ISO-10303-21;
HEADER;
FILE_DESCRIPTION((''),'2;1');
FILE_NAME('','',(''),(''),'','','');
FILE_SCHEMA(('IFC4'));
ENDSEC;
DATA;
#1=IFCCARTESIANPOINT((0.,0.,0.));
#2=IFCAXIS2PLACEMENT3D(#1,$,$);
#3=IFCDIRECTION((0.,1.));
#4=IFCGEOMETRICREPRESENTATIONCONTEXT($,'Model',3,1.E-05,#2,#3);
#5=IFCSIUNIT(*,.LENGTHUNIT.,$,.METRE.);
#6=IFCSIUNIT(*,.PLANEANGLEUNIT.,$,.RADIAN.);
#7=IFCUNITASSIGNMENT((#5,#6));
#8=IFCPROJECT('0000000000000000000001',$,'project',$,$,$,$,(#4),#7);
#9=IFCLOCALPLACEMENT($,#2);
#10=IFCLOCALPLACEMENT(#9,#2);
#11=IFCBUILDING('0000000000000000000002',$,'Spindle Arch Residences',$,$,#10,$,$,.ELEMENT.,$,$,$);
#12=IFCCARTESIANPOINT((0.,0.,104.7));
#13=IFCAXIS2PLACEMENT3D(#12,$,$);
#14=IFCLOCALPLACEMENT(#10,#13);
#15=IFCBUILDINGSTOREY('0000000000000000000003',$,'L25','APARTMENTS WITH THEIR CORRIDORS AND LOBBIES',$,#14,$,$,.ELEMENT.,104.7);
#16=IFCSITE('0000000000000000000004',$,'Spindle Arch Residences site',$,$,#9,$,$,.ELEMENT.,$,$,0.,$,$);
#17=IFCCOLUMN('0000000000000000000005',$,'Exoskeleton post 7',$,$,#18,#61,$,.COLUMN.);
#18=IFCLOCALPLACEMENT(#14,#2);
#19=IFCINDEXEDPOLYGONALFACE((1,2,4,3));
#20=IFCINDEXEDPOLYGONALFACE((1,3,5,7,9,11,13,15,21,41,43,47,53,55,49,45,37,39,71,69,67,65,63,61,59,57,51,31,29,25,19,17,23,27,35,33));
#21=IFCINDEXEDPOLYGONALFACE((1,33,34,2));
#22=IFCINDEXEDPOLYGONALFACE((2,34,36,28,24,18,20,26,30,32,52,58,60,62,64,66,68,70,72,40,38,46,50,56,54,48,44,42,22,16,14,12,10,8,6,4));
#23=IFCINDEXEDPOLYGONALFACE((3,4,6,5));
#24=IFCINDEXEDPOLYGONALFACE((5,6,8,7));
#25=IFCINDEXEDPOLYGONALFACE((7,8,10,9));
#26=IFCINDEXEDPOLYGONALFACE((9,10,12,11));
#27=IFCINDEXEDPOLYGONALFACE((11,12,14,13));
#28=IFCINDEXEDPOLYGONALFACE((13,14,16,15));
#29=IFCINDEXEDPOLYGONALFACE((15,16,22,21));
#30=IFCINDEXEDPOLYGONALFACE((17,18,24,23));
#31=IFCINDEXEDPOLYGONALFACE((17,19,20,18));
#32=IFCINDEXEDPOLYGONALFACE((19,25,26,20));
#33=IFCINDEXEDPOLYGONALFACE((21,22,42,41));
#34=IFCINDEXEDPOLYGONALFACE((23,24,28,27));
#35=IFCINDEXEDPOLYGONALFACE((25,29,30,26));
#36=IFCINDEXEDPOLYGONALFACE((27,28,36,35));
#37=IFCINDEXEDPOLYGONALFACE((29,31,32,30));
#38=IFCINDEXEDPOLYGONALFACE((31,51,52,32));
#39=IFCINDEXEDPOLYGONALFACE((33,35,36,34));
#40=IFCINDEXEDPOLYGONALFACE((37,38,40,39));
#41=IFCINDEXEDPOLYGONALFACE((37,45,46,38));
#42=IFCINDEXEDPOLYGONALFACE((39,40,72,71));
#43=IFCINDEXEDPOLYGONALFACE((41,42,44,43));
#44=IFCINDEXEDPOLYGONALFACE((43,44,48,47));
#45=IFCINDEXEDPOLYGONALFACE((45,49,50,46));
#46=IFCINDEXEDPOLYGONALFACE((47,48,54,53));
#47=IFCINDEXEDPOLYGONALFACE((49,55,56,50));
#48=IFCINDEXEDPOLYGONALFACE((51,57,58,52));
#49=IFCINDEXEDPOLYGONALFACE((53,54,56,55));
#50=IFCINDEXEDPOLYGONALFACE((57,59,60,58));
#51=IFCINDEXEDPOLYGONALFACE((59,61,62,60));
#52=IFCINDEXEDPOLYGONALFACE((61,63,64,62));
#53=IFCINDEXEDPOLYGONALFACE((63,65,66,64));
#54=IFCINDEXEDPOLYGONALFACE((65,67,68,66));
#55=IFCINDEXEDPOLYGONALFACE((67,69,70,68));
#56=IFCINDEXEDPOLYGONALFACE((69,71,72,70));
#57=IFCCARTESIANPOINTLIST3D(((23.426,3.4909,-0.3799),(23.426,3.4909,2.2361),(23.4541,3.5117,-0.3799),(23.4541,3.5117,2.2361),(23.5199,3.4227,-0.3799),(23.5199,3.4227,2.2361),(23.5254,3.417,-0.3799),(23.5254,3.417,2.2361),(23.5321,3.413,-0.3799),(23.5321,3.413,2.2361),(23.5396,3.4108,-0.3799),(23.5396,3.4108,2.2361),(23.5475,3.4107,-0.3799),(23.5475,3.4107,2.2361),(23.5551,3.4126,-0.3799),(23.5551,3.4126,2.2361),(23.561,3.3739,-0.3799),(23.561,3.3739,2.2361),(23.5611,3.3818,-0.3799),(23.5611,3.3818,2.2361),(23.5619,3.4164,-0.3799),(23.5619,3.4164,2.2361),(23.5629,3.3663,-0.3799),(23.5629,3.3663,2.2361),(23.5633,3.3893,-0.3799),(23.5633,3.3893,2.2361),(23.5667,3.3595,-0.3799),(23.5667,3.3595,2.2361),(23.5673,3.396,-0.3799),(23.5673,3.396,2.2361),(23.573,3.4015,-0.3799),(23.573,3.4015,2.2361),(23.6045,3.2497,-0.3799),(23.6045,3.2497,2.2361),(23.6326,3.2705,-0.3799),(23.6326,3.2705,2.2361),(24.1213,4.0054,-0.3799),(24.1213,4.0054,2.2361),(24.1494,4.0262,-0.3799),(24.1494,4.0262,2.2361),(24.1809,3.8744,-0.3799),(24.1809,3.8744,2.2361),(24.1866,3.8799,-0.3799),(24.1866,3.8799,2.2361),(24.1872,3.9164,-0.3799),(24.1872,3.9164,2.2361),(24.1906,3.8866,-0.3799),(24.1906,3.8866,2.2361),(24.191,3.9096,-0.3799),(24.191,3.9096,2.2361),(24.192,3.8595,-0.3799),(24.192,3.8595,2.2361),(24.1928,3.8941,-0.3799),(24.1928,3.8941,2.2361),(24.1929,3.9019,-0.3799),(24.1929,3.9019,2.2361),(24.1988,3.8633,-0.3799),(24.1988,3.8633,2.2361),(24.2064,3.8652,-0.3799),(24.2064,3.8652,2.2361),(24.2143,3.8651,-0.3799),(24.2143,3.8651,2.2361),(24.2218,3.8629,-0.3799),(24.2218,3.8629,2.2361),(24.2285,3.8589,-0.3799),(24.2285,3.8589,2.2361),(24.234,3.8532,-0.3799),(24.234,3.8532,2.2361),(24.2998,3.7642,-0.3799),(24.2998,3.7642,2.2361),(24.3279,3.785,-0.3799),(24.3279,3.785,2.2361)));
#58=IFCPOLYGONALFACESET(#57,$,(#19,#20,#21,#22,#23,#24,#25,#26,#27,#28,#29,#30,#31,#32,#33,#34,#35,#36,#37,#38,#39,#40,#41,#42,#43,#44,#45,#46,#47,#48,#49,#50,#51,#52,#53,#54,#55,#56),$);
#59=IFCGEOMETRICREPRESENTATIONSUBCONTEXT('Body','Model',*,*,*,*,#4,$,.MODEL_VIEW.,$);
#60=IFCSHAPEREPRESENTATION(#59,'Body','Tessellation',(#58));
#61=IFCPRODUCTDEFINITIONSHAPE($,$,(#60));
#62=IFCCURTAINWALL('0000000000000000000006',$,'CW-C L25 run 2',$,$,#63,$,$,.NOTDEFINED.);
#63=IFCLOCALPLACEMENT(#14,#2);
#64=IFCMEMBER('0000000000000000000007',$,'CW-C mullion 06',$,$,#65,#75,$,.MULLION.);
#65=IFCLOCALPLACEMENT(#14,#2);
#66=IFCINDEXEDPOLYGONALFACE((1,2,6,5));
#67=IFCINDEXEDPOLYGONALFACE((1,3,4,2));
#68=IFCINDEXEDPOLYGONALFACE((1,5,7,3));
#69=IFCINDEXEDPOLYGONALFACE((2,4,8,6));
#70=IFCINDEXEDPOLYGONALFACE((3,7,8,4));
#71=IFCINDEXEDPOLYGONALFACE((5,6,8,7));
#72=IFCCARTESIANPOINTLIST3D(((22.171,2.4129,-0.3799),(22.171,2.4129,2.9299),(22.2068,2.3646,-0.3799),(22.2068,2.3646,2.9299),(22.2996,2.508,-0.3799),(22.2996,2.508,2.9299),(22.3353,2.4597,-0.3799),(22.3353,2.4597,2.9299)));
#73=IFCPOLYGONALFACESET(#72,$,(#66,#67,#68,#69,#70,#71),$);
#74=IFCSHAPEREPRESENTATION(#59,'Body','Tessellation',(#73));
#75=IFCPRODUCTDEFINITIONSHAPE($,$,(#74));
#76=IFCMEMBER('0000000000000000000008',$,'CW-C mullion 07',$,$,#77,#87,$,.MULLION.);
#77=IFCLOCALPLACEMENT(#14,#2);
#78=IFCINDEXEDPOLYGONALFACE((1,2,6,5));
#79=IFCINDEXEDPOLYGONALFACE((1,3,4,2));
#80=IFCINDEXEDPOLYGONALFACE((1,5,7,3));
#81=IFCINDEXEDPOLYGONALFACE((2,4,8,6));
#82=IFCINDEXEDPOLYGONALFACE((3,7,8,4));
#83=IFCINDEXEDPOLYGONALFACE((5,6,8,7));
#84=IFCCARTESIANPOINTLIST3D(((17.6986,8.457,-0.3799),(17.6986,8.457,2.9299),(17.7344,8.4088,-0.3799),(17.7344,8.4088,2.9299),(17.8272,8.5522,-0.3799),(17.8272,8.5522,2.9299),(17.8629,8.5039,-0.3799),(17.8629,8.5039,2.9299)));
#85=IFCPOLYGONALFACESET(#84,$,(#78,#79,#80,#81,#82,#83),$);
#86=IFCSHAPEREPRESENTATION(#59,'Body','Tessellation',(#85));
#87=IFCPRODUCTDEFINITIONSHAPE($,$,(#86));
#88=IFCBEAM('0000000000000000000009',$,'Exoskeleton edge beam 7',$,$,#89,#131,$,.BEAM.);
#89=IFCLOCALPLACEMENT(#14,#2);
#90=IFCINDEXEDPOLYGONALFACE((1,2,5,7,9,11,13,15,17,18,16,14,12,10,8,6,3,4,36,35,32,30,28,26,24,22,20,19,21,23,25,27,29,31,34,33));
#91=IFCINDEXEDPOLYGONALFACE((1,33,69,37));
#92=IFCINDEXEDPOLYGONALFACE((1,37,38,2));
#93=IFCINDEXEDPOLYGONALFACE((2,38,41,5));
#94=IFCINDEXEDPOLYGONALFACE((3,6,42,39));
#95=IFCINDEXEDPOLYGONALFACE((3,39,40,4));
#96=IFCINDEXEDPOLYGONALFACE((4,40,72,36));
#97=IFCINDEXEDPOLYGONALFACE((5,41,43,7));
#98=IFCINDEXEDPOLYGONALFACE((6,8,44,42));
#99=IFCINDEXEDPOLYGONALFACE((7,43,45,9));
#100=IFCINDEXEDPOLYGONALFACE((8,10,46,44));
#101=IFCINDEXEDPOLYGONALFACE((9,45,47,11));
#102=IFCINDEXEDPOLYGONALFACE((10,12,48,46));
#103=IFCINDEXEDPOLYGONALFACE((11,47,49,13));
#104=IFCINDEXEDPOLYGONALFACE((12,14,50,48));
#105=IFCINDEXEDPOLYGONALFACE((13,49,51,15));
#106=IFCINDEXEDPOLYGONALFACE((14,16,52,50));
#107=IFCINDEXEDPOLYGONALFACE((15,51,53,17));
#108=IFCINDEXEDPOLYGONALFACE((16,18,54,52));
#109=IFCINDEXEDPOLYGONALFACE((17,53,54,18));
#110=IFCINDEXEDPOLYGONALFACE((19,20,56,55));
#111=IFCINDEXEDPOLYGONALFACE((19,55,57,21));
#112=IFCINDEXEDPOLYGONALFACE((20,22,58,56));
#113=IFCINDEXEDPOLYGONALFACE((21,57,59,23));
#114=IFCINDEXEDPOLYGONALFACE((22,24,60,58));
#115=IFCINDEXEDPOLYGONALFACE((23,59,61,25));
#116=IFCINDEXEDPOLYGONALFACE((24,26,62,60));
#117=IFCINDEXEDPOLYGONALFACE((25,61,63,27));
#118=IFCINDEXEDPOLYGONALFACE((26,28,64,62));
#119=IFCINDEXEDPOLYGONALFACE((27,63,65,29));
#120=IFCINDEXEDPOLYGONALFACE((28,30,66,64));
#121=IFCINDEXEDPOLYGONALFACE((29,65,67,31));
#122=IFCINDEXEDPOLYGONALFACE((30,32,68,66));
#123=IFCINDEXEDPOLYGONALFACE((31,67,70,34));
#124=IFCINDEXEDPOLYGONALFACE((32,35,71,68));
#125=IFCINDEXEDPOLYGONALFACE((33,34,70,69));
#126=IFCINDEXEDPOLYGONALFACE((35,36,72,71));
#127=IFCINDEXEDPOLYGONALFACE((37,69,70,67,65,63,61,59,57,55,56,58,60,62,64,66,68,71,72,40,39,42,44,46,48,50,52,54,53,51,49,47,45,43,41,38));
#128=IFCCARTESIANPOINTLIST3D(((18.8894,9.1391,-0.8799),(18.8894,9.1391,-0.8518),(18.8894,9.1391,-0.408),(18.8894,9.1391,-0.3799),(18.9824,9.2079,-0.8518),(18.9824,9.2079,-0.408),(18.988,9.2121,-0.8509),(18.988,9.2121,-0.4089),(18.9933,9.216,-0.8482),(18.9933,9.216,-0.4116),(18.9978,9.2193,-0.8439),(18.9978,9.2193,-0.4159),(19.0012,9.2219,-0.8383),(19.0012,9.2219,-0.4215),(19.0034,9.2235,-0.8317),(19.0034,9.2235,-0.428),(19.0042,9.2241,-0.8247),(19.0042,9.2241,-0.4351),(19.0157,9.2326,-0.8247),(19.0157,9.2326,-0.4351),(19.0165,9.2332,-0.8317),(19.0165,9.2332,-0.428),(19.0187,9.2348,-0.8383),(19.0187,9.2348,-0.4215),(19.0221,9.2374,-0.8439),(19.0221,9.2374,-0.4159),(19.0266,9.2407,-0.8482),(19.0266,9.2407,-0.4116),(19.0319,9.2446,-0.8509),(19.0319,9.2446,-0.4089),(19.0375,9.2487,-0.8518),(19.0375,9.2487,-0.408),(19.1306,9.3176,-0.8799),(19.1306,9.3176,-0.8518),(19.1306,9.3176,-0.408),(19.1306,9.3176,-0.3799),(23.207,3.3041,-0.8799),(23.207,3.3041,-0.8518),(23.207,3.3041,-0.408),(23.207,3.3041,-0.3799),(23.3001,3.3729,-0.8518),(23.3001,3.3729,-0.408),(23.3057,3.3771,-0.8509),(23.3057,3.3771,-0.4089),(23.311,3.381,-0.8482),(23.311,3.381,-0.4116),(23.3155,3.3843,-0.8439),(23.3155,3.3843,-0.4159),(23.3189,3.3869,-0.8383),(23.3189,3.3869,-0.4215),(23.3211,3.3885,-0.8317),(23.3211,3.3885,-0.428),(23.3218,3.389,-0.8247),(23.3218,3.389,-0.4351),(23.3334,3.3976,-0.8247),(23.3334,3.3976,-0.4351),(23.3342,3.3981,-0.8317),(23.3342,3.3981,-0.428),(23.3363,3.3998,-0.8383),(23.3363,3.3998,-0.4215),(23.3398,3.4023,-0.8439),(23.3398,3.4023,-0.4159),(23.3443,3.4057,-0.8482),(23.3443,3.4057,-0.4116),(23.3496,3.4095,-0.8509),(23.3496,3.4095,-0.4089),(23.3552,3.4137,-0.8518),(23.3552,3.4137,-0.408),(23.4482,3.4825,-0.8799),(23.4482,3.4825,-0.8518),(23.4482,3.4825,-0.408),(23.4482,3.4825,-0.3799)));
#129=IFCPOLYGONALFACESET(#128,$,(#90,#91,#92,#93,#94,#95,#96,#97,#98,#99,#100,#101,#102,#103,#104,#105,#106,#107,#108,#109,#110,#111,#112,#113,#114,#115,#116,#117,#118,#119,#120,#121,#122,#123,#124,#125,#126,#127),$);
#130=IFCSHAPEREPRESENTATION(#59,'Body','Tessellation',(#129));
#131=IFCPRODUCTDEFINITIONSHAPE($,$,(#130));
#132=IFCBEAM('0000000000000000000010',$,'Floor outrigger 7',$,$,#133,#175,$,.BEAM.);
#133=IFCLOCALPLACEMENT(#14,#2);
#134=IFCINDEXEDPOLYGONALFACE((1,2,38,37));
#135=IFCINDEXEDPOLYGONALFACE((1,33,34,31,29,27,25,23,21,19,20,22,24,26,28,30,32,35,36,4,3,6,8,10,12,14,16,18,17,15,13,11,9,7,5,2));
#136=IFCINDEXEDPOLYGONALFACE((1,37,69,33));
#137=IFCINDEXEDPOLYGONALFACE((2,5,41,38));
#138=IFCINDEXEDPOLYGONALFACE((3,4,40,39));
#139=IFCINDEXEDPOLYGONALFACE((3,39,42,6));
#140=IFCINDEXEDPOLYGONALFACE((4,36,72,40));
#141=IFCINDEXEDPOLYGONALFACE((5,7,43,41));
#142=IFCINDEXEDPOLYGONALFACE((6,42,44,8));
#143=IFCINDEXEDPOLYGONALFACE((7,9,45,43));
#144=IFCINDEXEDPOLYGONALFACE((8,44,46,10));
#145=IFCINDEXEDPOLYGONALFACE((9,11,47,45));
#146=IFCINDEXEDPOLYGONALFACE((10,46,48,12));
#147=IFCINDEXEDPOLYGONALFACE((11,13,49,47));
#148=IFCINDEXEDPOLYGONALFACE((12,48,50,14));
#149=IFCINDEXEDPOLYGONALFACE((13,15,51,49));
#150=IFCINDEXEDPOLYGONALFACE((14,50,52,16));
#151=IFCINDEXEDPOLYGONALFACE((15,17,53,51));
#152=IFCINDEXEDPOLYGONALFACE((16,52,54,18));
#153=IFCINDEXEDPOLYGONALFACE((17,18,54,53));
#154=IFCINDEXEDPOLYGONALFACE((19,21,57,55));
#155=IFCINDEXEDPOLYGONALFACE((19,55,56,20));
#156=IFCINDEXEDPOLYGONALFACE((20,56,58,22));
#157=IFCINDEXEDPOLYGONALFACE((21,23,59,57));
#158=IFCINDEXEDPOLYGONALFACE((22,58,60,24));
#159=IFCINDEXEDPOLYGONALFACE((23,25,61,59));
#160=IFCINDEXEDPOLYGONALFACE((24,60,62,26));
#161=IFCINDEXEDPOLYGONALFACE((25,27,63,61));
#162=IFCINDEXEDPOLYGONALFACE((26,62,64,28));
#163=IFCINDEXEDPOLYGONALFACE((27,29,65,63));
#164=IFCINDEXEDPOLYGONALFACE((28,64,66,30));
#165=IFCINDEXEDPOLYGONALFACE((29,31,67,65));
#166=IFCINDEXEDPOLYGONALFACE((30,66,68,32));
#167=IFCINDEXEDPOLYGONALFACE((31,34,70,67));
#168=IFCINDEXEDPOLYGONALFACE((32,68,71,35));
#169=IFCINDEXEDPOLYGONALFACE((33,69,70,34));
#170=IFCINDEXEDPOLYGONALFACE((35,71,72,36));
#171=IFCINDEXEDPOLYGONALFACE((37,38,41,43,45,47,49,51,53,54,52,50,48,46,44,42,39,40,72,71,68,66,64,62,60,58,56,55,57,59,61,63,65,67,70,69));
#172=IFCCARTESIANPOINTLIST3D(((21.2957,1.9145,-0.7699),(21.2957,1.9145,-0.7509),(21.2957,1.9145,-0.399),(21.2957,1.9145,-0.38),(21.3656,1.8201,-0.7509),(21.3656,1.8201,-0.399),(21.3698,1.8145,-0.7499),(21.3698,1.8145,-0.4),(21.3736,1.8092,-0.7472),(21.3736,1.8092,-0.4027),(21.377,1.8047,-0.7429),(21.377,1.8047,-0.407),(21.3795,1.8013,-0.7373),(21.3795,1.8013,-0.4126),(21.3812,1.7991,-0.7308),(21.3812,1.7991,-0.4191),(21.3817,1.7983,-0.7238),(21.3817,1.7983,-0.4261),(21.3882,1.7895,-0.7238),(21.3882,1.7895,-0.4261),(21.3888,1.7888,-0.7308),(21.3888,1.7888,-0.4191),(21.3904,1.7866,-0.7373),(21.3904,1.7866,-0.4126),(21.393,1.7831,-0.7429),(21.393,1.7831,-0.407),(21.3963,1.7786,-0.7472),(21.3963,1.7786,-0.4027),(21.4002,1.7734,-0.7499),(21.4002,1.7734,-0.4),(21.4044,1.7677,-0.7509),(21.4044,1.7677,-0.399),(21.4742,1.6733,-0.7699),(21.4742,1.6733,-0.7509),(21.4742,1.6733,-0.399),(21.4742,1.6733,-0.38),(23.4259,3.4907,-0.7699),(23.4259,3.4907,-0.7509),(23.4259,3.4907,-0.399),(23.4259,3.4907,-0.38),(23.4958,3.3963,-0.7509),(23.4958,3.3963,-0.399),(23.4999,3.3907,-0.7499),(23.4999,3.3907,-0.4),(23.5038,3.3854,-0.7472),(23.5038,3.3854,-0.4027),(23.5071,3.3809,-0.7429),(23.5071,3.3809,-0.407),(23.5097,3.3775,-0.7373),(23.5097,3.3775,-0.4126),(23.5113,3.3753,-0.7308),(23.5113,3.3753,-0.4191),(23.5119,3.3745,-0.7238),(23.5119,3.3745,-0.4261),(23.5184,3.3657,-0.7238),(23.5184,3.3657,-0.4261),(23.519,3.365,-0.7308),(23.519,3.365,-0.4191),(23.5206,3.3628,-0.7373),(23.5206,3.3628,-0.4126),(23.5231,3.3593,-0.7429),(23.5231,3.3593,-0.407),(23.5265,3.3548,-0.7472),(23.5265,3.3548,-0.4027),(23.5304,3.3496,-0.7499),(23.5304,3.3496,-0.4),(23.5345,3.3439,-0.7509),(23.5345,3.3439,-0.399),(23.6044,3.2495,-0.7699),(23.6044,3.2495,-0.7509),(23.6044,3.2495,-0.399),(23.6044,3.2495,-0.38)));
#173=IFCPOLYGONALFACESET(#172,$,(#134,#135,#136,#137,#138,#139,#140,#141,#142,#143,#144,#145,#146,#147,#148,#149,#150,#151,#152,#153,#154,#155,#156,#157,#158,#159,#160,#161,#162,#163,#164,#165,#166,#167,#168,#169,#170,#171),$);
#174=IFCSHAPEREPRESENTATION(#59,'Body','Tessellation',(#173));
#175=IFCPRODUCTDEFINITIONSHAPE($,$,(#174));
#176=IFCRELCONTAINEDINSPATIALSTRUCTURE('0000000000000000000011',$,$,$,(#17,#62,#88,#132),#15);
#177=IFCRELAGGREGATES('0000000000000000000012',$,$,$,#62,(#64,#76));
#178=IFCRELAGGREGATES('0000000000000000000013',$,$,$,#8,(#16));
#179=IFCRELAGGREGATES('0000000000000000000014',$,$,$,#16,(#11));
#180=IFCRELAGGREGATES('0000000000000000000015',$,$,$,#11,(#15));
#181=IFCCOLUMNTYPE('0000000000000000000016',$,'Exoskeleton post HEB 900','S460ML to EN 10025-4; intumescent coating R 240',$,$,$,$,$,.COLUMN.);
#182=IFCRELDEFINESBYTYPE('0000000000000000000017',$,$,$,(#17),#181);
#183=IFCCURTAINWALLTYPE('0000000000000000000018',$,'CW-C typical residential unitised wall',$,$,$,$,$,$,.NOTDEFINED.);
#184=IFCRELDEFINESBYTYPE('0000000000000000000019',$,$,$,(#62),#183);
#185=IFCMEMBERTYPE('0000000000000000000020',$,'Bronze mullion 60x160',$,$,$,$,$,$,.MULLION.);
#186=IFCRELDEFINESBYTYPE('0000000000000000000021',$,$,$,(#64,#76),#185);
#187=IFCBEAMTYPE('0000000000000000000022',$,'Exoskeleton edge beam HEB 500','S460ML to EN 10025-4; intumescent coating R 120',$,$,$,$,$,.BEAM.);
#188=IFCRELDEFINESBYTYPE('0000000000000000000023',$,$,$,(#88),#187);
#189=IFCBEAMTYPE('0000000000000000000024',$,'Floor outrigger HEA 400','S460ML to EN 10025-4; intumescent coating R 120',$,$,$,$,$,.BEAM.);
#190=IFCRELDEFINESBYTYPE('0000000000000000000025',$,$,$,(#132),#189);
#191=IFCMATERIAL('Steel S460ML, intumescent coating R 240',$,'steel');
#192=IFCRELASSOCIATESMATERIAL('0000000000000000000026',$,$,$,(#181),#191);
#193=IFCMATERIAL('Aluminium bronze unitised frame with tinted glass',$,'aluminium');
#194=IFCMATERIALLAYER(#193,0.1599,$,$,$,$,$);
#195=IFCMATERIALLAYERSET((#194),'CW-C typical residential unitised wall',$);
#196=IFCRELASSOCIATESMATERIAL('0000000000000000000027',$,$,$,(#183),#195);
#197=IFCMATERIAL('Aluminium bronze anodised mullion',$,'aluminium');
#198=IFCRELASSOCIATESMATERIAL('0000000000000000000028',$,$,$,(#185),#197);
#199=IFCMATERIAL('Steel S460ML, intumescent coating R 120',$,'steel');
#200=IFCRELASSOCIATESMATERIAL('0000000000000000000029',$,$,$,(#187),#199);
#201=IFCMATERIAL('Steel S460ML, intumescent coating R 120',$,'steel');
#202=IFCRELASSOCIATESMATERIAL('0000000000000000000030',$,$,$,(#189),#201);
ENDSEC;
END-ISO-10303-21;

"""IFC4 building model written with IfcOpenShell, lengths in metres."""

from ifc_helpers import new_model, si_unit, direction, frame, origin, origin_2d, place, context, subcontext, project, spatial, rectangle, i_section, extrude, material, layer, layer_set, material_profile, profile_set, type_object, element, aggregate, save


model = new_model("IFC4")

# Units and contexts
model_context = context("Model", 3, precision=1e-05, world=origin(), true_north=direction((0.0, 1.0)))
body_context = subcontext(model_context, "Body", "Model", "MODEL_VIEW")
ifc_project = project(units=[si_unit("LENGTHUNIT", "METRE"), si_unit("PLANEANGLEUNIT", "RADIAN")], contexts=[model_context])

# Site, building, storey
site_placement = place(None, origin())
site = spatial("IfcSite", under=ifc_project, at=site_placement, Name="Spindle Arch Residences site", CompositionType="ELEMENT", RefElevation=0.0)
building_placement = place(site_placement, origin())
building = spatial("IfcBuilding", under=site, at=building_placement, Name="Spindle Arch Residences", CompositionType="ELEMENT")
storey_placement = place(building_placement, frame((0.0, 0.0, 104.7)))
storey = spatial("IfcBuildingStorey", under=building, at=storey_placement, Name="L25", Description="APARTMENTS WITH THEIR CORRIDORS AND LOBBIES", CompositionType="ELEMENT", Elevation=104.7)

# Column
ifc_material_1 = material(Name="Steel S460ML, intumescent coating R 240", Category="steel")
ifc_material_profile_1 = material_profile(ifc_material_1, i_section(OverallWidth=0.3, OverallDepth=0.8999, WebThickness=0.0186, FlangeThickness=0.0349, FilletRadius=0.03, at=origin_2d()), Name="HEB 900")
ifc_profile_set_1 = profile_set([ifc_material_profile_1], Name="Steel S460ML, intumescent coating R 240")
column_type = type_object("IfcColumnType", Name="Exoskeleton post HEB 900", Description="S460ML to EN 10025-4; intumescent coating R 240", PredefinedType="COLUMN", material=ifc_profile_set_1)
column_placement = place(storey_placement, frame((23.877, 3.6379, -0.3799), z_axis=(0.0, 0.0, 1.0), x_axis=(0.594823, -0.803857, 0.0)))
element("IfcColumn", 1, at=column_placement, inside=storey, type_object=column_type, Name="Exoskeleton post 7", PredefinedType="COLUMN", context=body_context, shape_type="SweptSolid", body=[
    extrude(i_section(OverallWidth=0.3, OverallDepth=0.8999, WebThickness=0.0186, FlangeThickness=0.0349, FilletRadius=0.03, at=origin_2d()), origin(), (0.0, 0.0, 1.0), 2.616),
])

# Curtain wall, members
ifc_material_2 = material(Name="Aluminium bronze unitised frame with tinted glass", Category="aluminium")
ifc_layer_1 = layer(ifc_material_2, 0.1599)
ifc_layer_set_1 = layer_set([ifc_layer_1], Name="CW-C typical residential unitised wall")
curtain_wall_type = type_object("IfcCurtainWallType", Name="CW-C typical residential unitised wall", PredefinedType="NOTDEFINED", material=ifc_layer_set_1)
curtain_wall_placement = place(storey_placement, origin())
curtain_wall = element("IfcCurtainWall", 2, at=curtain_wall_placement, inside=storey, type_object=curtain_wall_type, Name="CW-C L25 run 2", PredefinedType="NOTDEFINED")
ifc_material_3 = material(Name="Aluminium bronze anodised mullion", Category="aluminium")
ifc_material_profile_2 = material_profile(ifc_material_3, rectangle(XDim=0.1599, YDim=0.0601, at=origin_2d()), Name="MU 60x160")
ifc_profile_set_2 = profile_set([ifc_material_profile_2], Name="Aluminium bronze anodised mullion")
member_type = type_object("IfcMemberType", Name="Bronze mullion 60x160", PredefinedType="MULLION", material=ifc_profile_set_2)
member_1_placement = place(storey_placement, frame((22.2532, 2.4363, -0.3799), z_axis=(0.0, 0.0, 1.0), x_axis=(-0.803857, -0.594823, 0.0)))
member_1 = element("IfcMember", 3, at=member_1_placement, type_object=member_type, Name="CW-C mullion 06", PredefinedType="MULLION", context=body_context, shape_type="SweptSolid", body=[
    extrude(rectangle(XDim=0.1599, YDim=0.0601, at=origin_2d()), origin(), (0.0, 0.0, 1.0), 3.3098),
])
member_2_placement = place(storey_placement, frame((17.7808, 8.4805, -0.3799), z_axis=(0.0, 0.0, 1.0), x_axis=(-0.803857, -0.594823, 0.0)))
member_2 = element("IfcMember", 4, at=member_2_placement, type_object=member_type, Name="CW-C mullion 07", PredefinedType="MULLION", context=body_context, shape_type="SweptSolid", body=[
    extrude(rectangle(XDim=0.1599, YDim=0.0601, at=origin_2d()), origin(), (0.0, 0.0, 1.0), 3.3098),
])

# Beams
ifc_material_4 = material(Name="Steel S460ML, intumescent coating R 120", Category="steel")
ifc_material_profile_3 = material_profile(ifc_material_4, i_section(OverallWidth=0.3, OverallDepth=0.5, WebThickness=0.0144, FlangeThickness=0.0281, FilletRadius=0.0271, at=origin_2d()), Name="HEB 500")
ifc_profile_set_3 = profile_set([ifc_material_profile_3], Name="Steel S460ML, intumescent coating R 120")
beam_type_1 = type_object("IfcBeamType", Name="Exoskeleton edge beam HEB 500", Description="S460ML to EN 10025-4; intumescent coating R 120", PredefinedType="BEAM", material=ifc_profile_set_3)
beam_1_placement = place(storey_placement, frame((23.3276, 3.3933, -0.6299), z_axis=(-0.594821, 0.803858, 0.0), x_axis=(-0.803858, -0.594821, 0.0)))
element("IfcBeam", 5, at=beam_1_placement, inside=storey, type_object=beam_type_1, Name="Exoskeleton edge beam 7", PredefinedType="BEAM", context=body_context, shape_type="SweptSolid", body=[
    extrude(i_section(OverallWidth=0.3, OverallDepth=0.5, WebThickness=0.0144, FlangeThickness=0.0281, FilletRadius=0.0271, at=origin_2d()), origin(), (0.0, 0.0, 1.0), 7.2588),
])
ifc_material_5 = material(Name="Steel S460ML, intumescent coating R 120", Category="steel")
ifc_material_profile_4 = material_profile(ifc_material_5, i_section(OverallWidth=0.3, OverallDepth=0.3899, WebThickness=0.011, FlangeThickness=0.019, FilletRadius=0.0271, at=origin_2d()), Name="HEA 400")
ifc_profile_set_4 = profile_set([ifc_material_profile_4], Name="Steel S460ML, intumescent coating R 120")
beam_type_2 = type_object("IfcBeamType", Name="Floor outrigger HEA 400", Description="S460ML to EN 10025-4; intumescent coating R 120", PredefinedType="BEAM", material=ifc_profile_set_4)
beam_2_placement = place(storey_placement, frame((23.5151, 3.3701, -0.575), z_axis=(-0.803864, -0.594813, 0.0), x_axis=(0.594813, -0.803864, 0.0)))
element("IfcBeam", 6, at=beam_2_placement, inside=storey, type_object=beam_type_2, Name="Floor outrigger 7", PredefinedType="BEAM", context=body_context, shape_type="SweptSolid", body=[
    extrude(i_section(OverallWidth=0.3, OverallDepth=0.3899, WebThickness=0.011, FlangeThickness=0.019, FilletRadius=0.0271, at=origin_2d()), origin(), (0.0, 0.0, 1.0), 2.6499),
])

aggregate(curtain_wall, [member_1, member_2])

save(model, "model.ifc")
